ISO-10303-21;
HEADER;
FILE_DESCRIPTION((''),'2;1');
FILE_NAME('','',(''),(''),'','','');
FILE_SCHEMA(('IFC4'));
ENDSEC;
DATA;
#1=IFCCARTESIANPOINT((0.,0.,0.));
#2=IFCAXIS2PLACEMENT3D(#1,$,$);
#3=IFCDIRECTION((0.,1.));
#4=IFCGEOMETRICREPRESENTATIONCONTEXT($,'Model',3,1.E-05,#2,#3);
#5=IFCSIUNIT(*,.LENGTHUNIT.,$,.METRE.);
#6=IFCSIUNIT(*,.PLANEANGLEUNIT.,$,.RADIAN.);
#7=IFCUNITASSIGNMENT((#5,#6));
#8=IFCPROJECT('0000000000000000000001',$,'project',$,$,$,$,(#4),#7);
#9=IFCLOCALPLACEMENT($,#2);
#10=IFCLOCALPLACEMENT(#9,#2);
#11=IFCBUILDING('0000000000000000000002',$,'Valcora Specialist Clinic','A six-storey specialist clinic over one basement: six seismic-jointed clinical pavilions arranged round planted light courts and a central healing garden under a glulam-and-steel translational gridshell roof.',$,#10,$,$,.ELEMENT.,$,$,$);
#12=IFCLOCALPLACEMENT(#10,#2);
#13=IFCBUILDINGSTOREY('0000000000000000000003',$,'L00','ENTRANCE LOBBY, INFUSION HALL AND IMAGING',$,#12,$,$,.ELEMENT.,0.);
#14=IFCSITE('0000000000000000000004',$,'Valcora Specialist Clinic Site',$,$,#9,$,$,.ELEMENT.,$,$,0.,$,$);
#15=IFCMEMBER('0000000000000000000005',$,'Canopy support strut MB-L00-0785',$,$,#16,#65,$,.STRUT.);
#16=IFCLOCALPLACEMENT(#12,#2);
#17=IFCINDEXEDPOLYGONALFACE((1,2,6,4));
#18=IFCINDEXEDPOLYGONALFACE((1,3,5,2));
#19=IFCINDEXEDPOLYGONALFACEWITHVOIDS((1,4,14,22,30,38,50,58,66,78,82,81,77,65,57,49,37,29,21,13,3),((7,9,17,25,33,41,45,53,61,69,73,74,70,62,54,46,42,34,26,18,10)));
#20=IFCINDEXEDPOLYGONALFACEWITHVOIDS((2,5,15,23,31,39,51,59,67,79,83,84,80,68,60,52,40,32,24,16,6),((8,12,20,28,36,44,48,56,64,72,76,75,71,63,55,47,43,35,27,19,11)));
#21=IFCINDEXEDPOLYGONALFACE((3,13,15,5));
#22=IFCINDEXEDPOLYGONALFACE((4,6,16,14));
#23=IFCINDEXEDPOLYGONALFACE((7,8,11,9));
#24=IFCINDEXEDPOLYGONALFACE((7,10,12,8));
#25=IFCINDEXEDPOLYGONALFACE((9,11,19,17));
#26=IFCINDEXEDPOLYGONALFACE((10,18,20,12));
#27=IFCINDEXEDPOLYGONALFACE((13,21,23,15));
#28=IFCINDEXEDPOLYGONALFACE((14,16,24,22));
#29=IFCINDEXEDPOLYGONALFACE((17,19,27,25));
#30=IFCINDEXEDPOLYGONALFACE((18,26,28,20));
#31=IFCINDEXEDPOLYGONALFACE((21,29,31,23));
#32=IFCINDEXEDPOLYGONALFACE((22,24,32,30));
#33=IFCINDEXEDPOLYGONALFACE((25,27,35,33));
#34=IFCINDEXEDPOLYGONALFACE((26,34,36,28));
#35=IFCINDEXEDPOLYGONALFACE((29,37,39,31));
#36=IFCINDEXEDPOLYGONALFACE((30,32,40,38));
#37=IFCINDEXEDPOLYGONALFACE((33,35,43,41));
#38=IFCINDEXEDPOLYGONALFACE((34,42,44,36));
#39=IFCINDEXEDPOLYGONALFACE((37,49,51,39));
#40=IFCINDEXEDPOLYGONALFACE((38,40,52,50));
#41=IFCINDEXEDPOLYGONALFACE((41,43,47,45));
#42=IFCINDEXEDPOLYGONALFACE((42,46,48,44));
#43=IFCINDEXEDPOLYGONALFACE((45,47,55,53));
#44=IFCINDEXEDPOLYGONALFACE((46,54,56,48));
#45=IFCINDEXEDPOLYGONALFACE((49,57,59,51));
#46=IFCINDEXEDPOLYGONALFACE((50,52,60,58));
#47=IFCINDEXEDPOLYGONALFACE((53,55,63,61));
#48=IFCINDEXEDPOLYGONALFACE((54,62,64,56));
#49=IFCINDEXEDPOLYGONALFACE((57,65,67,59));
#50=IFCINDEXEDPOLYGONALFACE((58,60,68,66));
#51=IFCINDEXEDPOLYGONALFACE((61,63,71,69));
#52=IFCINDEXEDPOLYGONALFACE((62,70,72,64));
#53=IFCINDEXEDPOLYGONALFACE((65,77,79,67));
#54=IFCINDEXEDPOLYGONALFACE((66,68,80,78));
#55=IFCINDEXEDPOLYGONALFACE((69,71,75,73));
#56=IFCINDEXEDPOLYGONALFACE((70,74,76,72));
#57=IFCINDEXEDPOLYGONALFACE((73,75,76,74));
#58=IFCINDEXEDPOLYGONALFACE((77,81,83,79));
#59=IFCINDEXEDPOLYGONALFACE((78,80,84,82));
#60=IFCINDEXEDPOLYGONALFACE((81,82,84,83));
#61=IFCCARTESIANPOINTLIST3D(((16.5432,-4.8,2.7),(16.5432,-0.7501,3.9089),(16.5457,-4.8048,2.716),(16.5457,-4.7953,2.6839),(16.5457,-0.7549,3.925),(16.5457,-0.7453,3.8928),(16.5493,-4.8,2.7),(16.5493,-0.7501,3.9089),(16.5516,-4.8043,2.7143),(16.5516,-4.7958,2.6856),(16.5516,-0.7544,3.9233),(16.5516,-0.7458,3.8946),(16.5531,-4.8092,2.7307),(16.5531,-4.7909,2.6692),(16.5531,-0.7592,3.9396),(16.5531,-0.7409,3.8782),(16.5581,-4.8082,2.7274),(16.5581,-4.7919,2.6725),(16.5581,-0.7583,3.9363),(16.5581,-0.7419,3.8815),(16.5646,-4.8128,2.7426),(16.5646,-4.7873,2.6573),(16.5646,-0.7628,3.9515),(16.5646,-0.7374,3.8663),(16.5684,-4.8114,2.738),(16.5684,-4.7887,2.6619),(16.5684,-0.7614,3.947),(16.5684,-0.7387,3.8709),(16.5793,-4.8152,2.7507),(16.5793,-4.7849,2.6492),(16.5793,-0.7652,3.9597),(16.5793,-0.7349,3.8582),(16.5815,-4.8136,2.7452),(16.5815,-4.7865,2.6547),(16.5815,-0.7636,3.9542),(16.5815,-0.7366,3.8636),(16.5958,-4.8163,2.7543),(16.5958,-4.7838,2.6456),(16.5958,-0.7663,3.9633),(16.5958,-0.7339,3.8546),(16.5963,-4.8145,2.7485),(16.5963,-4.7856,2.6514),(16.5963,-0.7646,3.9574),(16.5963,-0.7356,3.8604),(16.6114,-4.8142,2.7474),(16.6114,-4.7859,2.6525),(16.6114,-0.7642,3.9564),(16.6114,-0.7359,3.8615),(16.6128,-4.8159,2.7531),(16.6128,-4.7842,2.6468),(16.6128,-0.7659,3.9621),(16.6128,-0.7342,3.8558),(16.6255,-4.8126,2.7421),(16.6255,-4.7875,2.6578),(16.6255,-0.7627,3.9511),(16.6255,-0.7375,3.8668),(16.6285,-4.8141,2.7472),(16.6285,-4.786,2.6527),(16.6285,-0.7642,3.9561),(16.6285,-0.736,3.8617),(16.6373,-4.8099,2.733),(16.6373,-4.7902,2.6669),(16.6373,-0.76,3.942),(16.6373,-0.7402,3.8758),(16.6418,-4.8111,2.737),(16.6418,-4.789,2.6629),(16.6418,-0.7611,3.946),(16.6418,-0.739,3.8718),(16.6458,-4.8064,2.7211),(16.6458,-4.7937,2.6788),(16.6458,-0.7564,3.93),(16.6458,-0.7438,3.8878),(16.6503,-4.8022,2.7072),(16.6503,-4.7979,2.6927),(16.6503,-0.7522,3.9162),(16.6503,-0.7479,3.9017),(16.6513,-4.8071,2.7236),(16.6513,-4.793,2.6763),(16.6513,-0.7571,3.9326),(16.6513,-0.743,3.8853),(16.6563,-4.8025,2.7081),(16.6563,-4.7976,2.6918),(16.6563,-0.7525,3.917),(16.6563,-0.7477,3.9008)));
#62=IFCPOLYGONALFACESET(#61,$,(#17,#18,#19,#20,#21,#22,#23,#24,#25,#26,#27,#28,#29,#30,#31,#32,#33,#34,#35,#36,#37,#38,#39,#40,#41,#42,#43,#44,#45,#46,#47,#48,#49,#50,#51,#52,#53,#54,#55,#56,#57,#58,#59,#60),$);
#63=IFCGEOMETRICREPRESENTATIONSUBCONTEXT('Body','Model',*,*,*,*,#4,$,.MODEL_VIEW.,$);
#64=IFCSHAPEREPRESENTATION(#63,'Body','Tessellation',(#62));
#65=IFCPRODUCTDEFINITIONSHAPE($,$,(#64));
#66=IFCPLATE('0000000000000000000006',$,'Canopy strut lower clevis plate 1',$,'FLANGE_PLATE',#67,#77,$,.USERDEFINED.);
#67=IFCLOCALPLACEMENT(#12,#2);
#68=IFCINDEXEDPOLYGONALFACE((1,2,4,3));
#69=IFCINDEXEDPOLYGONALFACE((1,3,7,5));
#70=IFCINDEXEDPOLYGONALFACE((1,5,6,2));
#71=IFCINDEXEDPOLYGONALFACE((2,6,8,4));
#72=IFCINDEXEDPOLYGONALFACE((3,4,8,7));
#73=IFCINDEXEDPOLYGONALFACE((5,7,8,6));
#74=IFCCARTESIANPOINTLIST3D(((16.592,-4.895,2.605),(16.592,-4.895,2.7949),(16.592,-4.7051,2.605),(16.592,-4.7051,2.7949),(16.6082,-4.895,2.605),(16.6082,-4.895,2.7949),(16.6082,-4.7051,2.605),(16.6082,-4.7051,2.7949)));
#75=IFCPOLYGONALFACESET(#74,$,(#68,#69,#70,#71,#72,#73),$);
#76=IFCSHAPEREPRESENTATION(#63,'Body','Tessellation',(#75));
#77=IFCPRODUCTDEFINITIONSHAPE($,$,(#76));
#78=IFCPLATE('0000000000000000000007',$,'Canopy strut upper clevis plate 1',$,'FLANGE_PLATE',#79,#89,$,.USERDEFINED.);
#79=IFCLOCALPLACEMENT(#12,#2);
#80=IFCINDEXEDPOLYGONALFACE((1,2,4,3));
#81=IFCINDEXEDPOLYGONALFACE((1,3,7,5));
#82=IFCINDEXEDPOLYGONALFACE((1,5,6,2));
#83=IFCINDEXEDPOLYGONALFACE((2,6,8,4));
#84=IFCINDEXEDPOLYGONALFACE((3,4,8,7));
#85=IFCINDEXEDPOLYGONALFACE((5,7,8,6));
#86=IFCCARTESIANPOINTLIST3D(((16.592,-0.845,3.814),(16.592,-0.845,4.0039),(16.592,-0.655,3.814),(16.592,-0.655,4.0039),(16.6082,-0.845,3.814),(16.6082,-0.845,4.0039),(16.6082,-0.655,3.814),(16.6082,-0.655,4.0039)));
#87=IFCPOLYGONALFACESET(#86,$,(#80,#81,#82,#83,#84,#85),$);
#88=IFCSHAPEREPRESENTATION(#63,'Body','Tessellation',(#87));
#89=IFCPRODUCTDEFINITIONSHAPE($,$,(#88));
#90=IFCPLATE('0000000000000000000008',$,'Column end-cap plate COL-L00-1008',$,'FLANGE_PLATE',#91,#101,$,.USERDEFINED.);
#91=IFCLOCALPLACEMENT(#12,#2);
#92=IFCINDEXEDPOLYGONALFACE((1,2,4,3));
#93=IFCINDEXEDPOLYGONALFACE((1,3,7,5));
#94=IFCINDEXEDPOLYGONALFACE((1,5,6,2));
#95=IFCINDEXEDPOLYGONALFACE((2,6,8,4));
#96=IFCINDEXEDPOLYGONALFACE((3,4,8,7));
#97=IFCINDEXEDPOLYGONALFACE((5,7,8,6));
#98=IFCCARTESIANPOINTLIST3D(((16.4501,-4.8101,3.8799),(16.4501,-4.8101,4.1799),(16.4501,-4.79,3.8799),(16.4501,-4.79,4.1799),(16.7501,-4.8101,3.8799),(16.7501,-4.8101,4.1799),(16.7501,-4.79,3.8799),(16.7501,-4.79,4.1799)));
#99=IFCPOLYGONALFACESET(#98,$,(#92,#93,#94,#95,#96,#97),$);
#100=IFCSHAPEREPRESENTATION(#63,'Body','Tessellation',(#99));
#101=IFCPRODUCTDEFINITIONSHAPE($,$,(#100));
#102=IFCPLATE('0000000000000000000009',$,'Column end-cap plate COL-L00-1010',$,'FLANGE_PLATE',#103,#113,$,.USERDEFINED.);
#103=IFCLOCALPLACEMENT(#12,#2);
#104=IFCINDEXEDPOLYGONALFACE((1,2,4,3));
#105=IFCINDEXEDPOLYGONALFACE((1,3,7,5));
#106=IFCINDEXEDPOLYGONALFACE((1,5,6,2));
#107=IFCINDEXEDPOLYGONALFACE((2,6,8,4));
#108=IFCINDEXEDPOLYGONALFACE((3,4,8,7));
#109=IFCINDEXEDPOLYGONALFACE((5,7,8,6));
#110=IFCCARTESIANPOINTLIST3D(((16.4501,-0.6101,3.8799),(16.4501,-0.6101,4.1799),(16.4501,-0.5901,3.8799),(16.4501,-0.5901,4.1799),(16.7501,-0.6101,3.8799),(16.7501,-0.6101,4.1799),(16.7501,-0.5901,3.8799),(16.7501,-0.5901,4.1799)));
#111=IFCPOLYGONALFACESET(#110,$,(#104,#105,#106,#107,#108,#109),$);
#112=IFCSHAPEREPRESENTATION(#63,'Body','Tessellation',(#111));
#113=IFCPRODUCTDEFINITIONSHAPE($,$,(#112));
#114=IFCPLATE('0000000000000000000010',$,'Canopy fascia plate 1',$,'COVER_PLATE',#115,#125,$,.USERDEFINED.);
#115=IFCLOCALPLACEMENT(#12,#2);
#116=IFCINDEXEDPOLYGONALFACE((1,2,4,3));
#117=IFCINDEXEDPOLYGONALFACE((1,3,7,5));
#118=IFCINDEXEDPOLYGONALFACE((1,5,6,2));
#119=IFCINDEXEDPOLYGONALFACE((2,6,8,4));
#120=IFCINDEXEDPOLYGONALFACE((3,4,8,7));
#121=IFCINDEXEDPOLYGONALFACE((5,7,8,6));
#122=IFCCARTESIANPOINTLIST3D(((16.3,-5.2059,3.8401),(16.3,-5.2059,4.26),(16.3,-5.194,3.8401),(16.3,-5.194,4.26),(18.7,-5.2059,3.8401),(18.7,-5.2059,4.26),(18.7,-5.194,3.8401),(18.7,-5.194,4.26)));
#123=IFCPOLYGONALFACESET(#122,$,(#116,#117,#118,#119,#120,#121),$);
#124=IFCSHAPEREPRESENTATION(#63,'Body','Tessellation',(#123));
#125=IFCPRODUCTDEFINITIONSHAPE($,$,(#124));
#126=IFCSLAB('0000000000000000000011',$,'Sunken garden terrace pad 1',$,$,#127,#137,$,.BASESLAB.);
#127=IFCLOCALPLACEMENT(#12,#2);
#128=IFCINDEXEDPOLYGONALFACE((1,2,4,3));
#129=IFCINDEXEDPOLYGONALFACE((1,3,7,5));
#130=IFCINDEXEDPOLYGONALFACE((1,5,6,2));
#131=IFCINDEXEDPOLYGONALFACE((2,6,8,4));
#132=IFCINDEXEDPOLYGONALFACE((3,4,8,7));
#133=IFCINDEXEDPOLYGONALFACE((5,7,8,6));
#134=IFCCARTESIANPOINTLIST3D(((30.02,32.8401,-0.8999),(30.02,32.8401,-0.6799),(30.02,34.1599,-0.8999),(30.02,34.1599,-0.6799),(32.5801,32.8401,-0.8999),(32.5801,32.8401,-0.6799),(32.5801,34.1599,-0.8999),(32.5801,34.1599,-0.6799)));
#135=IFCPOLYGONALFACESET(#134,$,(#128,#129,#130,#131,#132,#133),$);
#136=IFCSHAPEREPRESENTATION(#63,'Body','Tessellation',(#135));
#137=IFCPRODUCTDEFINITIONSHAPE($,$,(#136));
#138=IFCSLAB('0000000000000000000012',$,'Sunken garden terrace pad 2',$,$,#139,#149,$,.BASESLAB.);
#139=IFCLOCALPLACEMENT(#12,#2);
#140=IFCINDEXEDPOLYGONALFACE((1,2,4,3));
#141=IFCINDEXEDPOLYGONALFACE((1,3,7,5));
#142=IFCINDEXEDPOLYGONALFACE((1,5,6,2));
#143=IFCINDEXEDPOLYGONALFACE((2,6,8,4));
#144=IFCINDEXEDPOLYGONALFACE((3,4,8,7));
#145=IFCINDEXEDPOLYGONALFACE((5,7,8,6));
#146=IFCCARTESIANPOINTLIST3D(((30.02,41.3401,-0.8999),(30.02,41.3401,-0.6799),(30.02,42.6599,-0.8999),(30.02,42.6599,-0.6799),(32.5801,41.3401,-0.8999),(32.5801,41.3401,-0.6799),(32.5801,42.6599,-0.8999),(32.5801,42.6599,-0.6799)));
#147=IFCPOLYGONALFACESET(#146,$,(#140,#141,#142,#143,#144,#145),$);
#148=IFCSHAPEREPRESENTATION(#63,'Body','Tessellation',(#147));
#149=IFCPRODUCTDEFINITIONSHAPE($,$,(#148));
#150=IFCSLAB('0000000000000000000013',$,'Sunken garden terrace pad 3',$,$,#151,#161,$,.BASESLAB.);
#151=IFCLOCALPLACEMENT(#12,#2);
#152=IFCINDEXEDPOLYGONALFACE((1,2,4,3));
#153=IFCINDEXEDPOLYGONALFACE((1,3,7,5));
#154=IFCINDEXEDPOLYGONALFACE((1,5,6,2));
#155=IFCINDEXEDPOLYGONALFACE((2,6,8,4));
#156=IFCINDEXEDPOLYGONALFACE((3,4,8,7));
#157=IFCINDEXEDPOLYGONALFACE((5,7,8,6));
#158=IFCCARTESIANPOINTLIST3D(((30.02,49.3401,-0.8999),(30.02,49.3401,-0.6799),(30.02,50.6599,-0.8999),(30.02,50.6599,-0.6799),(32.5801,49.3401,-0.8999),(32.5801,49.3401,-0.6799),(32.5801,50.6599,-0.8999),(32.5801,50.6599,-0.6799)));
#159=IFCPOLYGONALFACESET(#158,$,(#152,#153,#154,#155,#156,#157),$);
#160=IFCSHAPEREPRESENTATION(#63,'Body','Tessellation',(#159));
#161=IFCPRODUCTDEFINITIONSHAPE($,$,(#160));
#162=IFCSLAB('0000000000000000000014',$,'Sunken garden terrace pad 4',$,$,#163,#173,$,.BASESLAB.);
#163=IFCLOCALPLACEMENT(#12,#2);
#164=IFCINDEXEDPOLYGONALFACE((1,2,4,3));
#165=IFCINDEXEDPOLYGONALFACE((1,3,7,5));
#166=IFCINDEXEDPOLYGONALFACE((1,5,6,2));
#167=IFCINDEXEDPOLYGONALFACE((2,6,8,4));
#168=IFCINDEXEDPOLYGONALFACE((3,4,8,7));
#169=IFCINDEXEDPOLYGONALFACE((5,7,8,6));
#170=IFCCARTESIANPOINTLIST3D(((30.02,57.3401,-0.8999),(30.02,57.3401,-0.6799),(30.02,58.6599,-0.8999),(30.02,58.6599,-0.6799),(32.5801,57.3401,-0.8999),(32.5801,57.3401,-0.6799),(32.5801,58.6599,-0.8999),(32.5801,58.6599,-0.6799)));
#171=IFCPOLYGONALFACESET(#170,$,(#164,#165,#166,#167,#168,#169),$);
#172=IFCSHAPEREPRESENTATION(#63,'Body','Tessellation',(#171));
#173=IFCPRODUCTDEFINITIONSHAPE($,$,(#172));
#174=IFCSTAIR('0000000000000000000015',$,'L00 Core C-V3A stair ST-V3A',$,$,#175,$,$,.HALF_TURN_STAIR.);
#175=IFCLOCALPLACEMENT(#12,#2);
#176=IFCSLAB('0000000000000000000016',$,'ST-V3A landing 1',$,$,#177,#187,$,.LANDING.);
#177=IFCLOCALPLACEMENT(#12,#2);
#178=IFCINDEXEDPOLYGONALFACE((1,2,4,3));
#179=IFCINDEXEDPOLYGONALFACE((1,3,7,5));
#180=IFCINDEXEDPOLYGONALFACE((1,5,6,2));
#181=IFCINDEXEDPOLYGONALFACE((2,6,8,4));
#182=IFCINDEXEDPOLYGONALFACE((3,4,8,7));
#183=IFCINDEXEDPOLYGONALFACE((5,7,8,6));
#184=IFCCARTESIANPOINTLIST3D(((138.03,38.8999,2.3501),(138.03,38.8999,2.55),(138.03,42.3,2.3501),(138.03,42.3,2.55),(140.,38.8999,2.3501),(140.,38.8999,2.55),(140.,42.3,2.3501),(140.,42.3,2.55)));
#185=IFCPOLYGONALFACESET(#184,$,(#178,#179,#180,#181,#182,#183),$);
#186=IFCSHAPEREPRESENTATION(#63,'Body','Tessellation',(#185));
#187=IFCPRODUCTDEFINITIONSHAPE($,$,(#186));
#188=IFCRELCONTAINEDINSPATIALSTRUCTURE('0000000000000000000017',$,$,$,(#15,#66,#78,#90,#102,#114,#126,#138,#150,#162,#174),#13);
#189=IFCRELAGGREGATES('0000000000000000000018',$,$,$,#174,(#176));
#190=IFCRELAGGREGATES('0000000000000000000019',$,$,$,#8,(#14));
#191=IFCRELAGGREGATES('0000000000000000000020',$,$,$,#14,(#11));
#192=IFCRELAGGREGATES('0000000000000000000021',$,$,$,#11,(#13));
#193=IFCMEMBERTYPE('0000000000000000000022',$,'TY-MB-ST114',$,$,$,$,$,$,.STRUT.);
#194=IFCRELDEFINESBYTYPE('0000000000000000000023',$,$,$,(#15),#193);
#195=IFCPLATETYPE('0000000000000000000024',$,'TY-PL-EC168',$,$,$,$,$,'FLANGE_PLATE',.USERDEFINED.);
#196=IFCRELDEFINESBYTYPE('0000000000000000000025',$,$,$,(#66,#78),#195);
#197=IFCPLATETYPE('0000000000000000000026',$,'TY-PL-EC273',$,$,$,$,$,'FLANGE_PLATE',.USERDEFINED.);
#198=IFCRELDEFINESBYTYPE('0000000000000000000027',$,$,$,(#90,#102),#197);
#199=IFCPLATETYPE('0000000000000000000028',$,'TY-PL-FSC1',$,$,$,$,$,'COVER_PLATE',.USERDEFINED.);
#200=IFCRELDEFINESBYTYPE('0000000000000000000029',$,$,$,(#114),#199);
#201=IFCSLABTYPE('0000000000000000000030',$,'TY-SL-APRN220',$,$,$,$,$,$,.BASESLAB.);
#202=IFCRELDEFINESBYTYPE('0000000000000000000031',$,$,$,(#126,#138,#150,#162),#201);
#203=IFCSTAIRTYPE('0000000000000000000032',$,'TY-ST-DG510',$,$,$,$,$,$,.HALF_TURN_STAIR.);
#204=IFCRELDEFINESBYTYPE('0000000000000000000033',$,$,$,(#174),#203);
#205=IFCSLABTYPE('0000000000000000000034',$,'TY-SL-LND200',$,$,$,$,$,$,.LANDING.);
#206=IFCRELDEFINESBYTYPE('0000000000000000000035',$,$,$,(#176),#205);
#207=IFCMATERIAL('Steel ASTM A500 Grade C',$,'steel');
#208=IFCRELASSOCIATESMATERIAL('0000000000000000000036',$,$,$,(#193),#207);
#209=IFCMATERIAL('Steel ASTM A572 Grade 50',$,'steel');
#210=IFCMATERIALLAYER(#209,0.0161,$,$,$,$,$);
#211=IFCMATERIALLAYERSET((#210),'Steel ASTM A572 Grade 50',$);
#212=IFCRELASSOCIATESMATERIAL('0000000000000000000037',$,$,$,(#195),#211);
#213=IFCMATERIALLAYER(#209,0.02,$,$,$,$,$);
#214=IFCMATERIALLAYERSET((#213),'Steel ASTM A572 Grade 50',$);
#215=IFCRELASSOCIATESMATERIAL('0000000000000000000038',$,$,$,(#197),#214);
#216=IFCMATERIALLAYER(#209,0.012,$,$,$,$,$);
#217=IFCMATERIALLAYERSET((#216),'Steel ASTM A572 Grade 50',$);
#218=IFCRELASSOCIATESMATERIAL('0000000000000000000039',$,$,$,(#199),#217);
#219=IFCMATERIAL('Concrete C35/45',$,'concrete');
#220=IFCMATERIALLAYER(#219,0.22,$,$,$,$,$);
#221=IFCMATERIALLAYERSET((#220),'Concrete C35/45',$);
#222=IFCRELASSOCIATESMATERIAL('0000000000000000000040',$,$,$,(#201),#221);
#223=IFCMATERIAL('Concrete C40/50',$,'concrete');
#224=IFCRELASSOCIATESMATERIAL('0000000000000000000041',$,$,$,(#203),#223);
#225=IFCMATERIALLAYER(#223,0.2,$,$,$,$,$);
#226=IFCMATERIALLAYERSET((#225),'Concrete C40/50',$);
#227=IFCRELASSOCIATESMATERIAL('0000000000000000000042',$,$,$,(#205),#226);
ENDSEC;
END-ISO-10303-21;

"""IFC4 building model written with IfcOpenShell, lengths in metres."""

from ifc_helpers import new_model, si_unit, direction, frame, origin, origin_2d, place, context, subcontext, project, spatial, polyline, rectangle, hollow_circle, outline, extrude, material, layer, layer_set, material_profile, profile_set, type_object, element, aggregate, save


model = new_model("IFC4")

# Units and contexts
model_context = context("Model", 3, precision=1e-05, world=origin(), true_north=direction((0.0, 1.0)))
body_context = subcontext(model_context, "Body", "Model", "MODEL_VIEW")
ifc_project = project(units=[si_unit("LENGTHUNIT", "METRE"), si_unit("PLANEANGLEUNIT", "RADIAN")], contexts=[model_context])

# Site, building, storey
site_placement = place(None, origin())
site = spatial("IfcSite", under=ifc_project, at=site_placement, Name="Valcora Specialist Clinic Site", CompositionType="ELEMENT", RefElevation=0.0)
building_placement = place(site_placement, origin())
building = spatial("IfcBuilding", under=site, at=building_placement, Name="Valcora Specialist Clinic", Description="A six-storey specialist clinic over one basement: six seismic-jointed clinical pavilions arranged round planted light courts and a central healing garden under a glulam-and-steel translational gridshell roof.", CompositionType="ELEMENT")
storey_placement = place(building_placement, origin())
storey = spatial("IfcBuildingStorey", under=building, at=storey_placement, Name="L00", Description="ENTRANCE LOBBY, INFUSION HALL AND IMAGING", CompositionType="ELEMENT", Elevation=0.0)

# Shared definitions
ifc_material_1 = material(Name="Steel ASTM A500 Grade C", Category="steel")

# Member
ifc_material_profile_1 = material_profile(ifc_material_1, hollow_circle(Radius=0.0569, WallThickness=0.0061, at=origin_2d()), Name="ST-CHS-114X6")
ifc_profile_set_1 = profile_set([ifc_material_profile_1], Name="Steel ASTM A500 Grade C")
member_type = type_object("IfcMemberType", Name="TY-MB-ST114", PredefinedType="STRUT", material=ifc_profile_set_1)
member_placement = place(storey_placement, frame((16.6001, -4.8, 2.7), z_axis=(0.0, 0.958218, 0.286039), x_axis=(-1.0, 0.0, 0.0)))
element("IfcMember", 1, at=member_placement, inside=storey, type_object=member_type, Name="Canopy support strut MB-L00-0785", PredefinedType="STRUT", context=body_context, shape_type="SweptSolid", body=[
    extrude(hollow_circle(Radius=0.0569, WallThickness=0.0061, at=origin_2d()), origin(), (0.0, 0.0, 1.0), 4.2266),
])

# Plates
ifc_material_2 = material(Name="Steel ASTM A572 Grade 50", Category="steel")
ifc_layer_1 = layer(ifc_material_2, 0.0161)
ifc_layer_set_1 = layer_set([ifc_layer_1], Name="Steel ASTM A572 Grade 50")
plate_type_1 = type_object("IfcPlateType", Name="TY-PL-EC168", ElementType="FLANGE_PLATE", PredefinedType="USERDEFINED", material=ifc_layer_set_1)
for number, where, z_axis, x_axis, name in (
    (2, (16.6001, -4.8, 2.605), (0.0, 0.0, 1.0), (0.0, 1.0, 0.0), "Canopy strut lower clevis plate 1"),
    (3, (16.6001, -0.75, 3.814), (0.0, 0.0, 1.0), (0.0, 1.0, 0.0), "Canopy strut upper clevis plate 1"),
):
    element("IfcPlate", number, at=place(storey_placement, frame(where, z_axis=z_axis, x_axis=x_axis)), inside=storey, type_object=plate_type_1, Name=name, ObjectType="FLANGE_PLATE", PredefinedType="USERDEFINED", context=body_context, shape_type="SweptSolid", body=[
        extrude(rectangle(XDim=0.1899, YDim=0.0161, at=origin_2d()), origin(), (0.0, 0.0, 1.0), 0.1899),
    ])
ifc_layer_2 = layer(ifc_material_2, 0.02)
ifc_layer_set_2 = layer_set([ifc_layer_2], Name="Steel ASTM A572 Grade 50")
plate_type_2 = type_object("IfcPlateType", Name="TY-PL-EC273", ElementType="FLANGE_PLATE", PredefinedType="USERDEFINED", material=ifc_layer_set_2)
for number, where, z_axis, x_axis, name in (
    (4, (16.6001, -4.8, 3.8799), (0.0, 0.0, 1.0), (1.0, 0.0, 0.0), "Column end-cap plate COL-L00-1008"),
    (5, (16.6001, -0.6001, 3.8799), (0.0, 0.0, 1.0), (1.0, 0.0, 0.0), "Column end-cap plate COL-L00-1010"),
):
    element("IfcPlate", number, at=place(storey_placement, frame(where, z_axis=z_axis, x_axis=x_axis)), inside=storey, type_object=plate_type_2, Name=name, ObjectType="FLANGE_PLATE", PredefinedType="USERDEFINED", context=body_context, shape_type="SweptSolid", body=[
        extrude(rectangle(XDim=0.3, YDim=0.02, at=origin_2d()), origin(), (0.0, 0.0, 1.0), 0.3),
    ])
ifc_layer_3 = layer(ifc_material_2, 0.012)
ifc_layer_set_3 = layer_set([ifc_layer_3], Name="Steel ASTM A572 Grade 50")
plate_type_3 = type_object("IfcPlateType", Name="TY-PL-FSC1", ElementType="COVER_PLATE", PredefinedType="USERDEFINED", material=ifc_layer_set_3)
plate_placement = place(storey_placement, frame((17.5, -5.2, 3.8401), z_axis=(0.0, 0.0, 1.0), x_axis=(1.0, 0.0, 0.0)))
element("IfcPlate", 6, at=plate_placement, inside=storey, type_object=plate_type_3, Name="Canopy fascia plate 1", ObjectType="COVER_PLATE", PredefinedType="USERDEFINED", context=body_context, shape_type="SweptSolid", body=[
    extrude(rectangle(XDim=2.3999, YDim=0.012, at=origin_2d()), origin(), (0.0, 0.0, 1.0), 0.4199),
])

# Slabs
ifc_material_3 = material(Name="Concrete C35/45", Category="concrete")
ifc_layer_4 = layer(ifc_material_3, 0.22)
ifc_layer_set_4 = layer_set([ifc_layer_4], Name="Concrete C35/45")
slab_type_1 = type_object("IfcSlabType", Name="TY-SL-APRN220", PredefinedType="BASESLAB", material=ifc_layer_set_4)
slab_1_placement = place(storey_placement, frame((0.0, 0.0, -0.8999)))
element("IfcSlab", 7, at=slab_1_placement, inside=storey, type_object=slab_type_1, Name="Sunken garden terrace pad 1", PredefinedType="BASESLAB", context=body_context, shape_type="SweptSolid", body=[
    extrude(outline(polyline([(30.02, 32.8401), (32.5801, 32.8401), (32.5801, 34.1599), (30.02, 34.1599), (30.02, 32.8401)])), origin(), (0.0, 0.0, 1.0), 0.22),
])
slab_2_placement = place(storey_placement, frame((0.0, 0.0, -0.8999)))
element("IfcSlab", 8, at=slab_2_placement, inside=storey, type_object=slab_type_1, Name="Sunken garden terrace pad 2", PredefinedType="BASESLAB", context=body_context, shape_type="SweptSolid", body=[
    extrude(outline(polyline([(30.02, 41.3401), (32.5801, 41.3401), (32.5801, 42.6599), (30.02, 42.6599), (30.02, 41.3401)])), origin(), (0.0, 0.0, 1.0), 0.22),
])
slab_3_placement = place(storey_placement, frame((0.0, 0.0, -0.8999)))
element("IfcSlab", 9, at=slab_3_placement, inside=storey, type_object=slab_type_1, Name="Sunken garden terrace pad 3", PredefinedType="BASESLAB", context=body_context, shape_type="SweptSolid", body=[
    extrude(outline(polyline([(30.02, 49.3401), (32.5801, 49.3401), (32.5801, 50.6599), (30.02, 50.6599), (30.02, 49.3401)])), origin(), (0.0, 0.0, 1.0), 0.22),
])
slab_4_placement = place(storey_placement, frame((0.0, 0.0, -0.8999)))
element("IfcSlab", 10, at=slab_4_placement, inside=storey, type_object=slab_type_1, Name="Sunken garden terrace pad 4", PredefinedType="BASESLAB", context=body_context, shape_type="SweptSolid", body=[
    extrude(outline(polyline([(30.02, 57.3401), (32.5801, 57.3401), (32.5801, 58.6599), (30.02, 58.6599), (30.02, 57.3401)])), origin(), (0.0, 0.0, 1.0), 0.22),
])

# Stair, slab
ifc_material_4 = material(Name="Concrete C40/50", Category="concrete")
stair_type = type_object("IfcStairType", Name="TY-ST-DG510", PredefinedType="HALF_TURN_STAIR", material=ifc_material_4)
stair_1_placement = place(storey_placement, origin())
stair_1 = element("IfcStair", 11, at=stair_1_placement, inside=storey, type_object=stair_type, Name="L00 Core C-V3A stair ST-V3A", PredefinedType="HALF_TURN_STAIR")
ifc_layer_5 = layer(ifc_material_4, 0.2)
ifc_layer_set_5 = layer_set([ifc_layer_5], Name="Concrete C40/50")
slab_type_2 = type_object("IfcSlabType", Name="TY-SL-LND200", PredefinedType="LANDING", material=ifc_layer_set_5)
slab_5_placement = place(storey_placement, frame((0.0, 0.0, 2.3501)))
slab_5 = element("IfcSlab", 12, at=slab_5_placement, type_object=slab_type_2, Name="ST-V3A landing 1", PredefinedType="LANDING", context=body_context, shape_type="SweptSolid", body=[
    extrude(outline(polyline([(138.03, 38.8999), (140.0, 38.8999), (140.0, 42.3), (138.03, 42.3), (138.03, 38.8999)])), origin(), (0.0, 0.0, 1.0), 0.2),
])
aggregate(stair_1, [slab_5])

save(model, "model.ifc")
